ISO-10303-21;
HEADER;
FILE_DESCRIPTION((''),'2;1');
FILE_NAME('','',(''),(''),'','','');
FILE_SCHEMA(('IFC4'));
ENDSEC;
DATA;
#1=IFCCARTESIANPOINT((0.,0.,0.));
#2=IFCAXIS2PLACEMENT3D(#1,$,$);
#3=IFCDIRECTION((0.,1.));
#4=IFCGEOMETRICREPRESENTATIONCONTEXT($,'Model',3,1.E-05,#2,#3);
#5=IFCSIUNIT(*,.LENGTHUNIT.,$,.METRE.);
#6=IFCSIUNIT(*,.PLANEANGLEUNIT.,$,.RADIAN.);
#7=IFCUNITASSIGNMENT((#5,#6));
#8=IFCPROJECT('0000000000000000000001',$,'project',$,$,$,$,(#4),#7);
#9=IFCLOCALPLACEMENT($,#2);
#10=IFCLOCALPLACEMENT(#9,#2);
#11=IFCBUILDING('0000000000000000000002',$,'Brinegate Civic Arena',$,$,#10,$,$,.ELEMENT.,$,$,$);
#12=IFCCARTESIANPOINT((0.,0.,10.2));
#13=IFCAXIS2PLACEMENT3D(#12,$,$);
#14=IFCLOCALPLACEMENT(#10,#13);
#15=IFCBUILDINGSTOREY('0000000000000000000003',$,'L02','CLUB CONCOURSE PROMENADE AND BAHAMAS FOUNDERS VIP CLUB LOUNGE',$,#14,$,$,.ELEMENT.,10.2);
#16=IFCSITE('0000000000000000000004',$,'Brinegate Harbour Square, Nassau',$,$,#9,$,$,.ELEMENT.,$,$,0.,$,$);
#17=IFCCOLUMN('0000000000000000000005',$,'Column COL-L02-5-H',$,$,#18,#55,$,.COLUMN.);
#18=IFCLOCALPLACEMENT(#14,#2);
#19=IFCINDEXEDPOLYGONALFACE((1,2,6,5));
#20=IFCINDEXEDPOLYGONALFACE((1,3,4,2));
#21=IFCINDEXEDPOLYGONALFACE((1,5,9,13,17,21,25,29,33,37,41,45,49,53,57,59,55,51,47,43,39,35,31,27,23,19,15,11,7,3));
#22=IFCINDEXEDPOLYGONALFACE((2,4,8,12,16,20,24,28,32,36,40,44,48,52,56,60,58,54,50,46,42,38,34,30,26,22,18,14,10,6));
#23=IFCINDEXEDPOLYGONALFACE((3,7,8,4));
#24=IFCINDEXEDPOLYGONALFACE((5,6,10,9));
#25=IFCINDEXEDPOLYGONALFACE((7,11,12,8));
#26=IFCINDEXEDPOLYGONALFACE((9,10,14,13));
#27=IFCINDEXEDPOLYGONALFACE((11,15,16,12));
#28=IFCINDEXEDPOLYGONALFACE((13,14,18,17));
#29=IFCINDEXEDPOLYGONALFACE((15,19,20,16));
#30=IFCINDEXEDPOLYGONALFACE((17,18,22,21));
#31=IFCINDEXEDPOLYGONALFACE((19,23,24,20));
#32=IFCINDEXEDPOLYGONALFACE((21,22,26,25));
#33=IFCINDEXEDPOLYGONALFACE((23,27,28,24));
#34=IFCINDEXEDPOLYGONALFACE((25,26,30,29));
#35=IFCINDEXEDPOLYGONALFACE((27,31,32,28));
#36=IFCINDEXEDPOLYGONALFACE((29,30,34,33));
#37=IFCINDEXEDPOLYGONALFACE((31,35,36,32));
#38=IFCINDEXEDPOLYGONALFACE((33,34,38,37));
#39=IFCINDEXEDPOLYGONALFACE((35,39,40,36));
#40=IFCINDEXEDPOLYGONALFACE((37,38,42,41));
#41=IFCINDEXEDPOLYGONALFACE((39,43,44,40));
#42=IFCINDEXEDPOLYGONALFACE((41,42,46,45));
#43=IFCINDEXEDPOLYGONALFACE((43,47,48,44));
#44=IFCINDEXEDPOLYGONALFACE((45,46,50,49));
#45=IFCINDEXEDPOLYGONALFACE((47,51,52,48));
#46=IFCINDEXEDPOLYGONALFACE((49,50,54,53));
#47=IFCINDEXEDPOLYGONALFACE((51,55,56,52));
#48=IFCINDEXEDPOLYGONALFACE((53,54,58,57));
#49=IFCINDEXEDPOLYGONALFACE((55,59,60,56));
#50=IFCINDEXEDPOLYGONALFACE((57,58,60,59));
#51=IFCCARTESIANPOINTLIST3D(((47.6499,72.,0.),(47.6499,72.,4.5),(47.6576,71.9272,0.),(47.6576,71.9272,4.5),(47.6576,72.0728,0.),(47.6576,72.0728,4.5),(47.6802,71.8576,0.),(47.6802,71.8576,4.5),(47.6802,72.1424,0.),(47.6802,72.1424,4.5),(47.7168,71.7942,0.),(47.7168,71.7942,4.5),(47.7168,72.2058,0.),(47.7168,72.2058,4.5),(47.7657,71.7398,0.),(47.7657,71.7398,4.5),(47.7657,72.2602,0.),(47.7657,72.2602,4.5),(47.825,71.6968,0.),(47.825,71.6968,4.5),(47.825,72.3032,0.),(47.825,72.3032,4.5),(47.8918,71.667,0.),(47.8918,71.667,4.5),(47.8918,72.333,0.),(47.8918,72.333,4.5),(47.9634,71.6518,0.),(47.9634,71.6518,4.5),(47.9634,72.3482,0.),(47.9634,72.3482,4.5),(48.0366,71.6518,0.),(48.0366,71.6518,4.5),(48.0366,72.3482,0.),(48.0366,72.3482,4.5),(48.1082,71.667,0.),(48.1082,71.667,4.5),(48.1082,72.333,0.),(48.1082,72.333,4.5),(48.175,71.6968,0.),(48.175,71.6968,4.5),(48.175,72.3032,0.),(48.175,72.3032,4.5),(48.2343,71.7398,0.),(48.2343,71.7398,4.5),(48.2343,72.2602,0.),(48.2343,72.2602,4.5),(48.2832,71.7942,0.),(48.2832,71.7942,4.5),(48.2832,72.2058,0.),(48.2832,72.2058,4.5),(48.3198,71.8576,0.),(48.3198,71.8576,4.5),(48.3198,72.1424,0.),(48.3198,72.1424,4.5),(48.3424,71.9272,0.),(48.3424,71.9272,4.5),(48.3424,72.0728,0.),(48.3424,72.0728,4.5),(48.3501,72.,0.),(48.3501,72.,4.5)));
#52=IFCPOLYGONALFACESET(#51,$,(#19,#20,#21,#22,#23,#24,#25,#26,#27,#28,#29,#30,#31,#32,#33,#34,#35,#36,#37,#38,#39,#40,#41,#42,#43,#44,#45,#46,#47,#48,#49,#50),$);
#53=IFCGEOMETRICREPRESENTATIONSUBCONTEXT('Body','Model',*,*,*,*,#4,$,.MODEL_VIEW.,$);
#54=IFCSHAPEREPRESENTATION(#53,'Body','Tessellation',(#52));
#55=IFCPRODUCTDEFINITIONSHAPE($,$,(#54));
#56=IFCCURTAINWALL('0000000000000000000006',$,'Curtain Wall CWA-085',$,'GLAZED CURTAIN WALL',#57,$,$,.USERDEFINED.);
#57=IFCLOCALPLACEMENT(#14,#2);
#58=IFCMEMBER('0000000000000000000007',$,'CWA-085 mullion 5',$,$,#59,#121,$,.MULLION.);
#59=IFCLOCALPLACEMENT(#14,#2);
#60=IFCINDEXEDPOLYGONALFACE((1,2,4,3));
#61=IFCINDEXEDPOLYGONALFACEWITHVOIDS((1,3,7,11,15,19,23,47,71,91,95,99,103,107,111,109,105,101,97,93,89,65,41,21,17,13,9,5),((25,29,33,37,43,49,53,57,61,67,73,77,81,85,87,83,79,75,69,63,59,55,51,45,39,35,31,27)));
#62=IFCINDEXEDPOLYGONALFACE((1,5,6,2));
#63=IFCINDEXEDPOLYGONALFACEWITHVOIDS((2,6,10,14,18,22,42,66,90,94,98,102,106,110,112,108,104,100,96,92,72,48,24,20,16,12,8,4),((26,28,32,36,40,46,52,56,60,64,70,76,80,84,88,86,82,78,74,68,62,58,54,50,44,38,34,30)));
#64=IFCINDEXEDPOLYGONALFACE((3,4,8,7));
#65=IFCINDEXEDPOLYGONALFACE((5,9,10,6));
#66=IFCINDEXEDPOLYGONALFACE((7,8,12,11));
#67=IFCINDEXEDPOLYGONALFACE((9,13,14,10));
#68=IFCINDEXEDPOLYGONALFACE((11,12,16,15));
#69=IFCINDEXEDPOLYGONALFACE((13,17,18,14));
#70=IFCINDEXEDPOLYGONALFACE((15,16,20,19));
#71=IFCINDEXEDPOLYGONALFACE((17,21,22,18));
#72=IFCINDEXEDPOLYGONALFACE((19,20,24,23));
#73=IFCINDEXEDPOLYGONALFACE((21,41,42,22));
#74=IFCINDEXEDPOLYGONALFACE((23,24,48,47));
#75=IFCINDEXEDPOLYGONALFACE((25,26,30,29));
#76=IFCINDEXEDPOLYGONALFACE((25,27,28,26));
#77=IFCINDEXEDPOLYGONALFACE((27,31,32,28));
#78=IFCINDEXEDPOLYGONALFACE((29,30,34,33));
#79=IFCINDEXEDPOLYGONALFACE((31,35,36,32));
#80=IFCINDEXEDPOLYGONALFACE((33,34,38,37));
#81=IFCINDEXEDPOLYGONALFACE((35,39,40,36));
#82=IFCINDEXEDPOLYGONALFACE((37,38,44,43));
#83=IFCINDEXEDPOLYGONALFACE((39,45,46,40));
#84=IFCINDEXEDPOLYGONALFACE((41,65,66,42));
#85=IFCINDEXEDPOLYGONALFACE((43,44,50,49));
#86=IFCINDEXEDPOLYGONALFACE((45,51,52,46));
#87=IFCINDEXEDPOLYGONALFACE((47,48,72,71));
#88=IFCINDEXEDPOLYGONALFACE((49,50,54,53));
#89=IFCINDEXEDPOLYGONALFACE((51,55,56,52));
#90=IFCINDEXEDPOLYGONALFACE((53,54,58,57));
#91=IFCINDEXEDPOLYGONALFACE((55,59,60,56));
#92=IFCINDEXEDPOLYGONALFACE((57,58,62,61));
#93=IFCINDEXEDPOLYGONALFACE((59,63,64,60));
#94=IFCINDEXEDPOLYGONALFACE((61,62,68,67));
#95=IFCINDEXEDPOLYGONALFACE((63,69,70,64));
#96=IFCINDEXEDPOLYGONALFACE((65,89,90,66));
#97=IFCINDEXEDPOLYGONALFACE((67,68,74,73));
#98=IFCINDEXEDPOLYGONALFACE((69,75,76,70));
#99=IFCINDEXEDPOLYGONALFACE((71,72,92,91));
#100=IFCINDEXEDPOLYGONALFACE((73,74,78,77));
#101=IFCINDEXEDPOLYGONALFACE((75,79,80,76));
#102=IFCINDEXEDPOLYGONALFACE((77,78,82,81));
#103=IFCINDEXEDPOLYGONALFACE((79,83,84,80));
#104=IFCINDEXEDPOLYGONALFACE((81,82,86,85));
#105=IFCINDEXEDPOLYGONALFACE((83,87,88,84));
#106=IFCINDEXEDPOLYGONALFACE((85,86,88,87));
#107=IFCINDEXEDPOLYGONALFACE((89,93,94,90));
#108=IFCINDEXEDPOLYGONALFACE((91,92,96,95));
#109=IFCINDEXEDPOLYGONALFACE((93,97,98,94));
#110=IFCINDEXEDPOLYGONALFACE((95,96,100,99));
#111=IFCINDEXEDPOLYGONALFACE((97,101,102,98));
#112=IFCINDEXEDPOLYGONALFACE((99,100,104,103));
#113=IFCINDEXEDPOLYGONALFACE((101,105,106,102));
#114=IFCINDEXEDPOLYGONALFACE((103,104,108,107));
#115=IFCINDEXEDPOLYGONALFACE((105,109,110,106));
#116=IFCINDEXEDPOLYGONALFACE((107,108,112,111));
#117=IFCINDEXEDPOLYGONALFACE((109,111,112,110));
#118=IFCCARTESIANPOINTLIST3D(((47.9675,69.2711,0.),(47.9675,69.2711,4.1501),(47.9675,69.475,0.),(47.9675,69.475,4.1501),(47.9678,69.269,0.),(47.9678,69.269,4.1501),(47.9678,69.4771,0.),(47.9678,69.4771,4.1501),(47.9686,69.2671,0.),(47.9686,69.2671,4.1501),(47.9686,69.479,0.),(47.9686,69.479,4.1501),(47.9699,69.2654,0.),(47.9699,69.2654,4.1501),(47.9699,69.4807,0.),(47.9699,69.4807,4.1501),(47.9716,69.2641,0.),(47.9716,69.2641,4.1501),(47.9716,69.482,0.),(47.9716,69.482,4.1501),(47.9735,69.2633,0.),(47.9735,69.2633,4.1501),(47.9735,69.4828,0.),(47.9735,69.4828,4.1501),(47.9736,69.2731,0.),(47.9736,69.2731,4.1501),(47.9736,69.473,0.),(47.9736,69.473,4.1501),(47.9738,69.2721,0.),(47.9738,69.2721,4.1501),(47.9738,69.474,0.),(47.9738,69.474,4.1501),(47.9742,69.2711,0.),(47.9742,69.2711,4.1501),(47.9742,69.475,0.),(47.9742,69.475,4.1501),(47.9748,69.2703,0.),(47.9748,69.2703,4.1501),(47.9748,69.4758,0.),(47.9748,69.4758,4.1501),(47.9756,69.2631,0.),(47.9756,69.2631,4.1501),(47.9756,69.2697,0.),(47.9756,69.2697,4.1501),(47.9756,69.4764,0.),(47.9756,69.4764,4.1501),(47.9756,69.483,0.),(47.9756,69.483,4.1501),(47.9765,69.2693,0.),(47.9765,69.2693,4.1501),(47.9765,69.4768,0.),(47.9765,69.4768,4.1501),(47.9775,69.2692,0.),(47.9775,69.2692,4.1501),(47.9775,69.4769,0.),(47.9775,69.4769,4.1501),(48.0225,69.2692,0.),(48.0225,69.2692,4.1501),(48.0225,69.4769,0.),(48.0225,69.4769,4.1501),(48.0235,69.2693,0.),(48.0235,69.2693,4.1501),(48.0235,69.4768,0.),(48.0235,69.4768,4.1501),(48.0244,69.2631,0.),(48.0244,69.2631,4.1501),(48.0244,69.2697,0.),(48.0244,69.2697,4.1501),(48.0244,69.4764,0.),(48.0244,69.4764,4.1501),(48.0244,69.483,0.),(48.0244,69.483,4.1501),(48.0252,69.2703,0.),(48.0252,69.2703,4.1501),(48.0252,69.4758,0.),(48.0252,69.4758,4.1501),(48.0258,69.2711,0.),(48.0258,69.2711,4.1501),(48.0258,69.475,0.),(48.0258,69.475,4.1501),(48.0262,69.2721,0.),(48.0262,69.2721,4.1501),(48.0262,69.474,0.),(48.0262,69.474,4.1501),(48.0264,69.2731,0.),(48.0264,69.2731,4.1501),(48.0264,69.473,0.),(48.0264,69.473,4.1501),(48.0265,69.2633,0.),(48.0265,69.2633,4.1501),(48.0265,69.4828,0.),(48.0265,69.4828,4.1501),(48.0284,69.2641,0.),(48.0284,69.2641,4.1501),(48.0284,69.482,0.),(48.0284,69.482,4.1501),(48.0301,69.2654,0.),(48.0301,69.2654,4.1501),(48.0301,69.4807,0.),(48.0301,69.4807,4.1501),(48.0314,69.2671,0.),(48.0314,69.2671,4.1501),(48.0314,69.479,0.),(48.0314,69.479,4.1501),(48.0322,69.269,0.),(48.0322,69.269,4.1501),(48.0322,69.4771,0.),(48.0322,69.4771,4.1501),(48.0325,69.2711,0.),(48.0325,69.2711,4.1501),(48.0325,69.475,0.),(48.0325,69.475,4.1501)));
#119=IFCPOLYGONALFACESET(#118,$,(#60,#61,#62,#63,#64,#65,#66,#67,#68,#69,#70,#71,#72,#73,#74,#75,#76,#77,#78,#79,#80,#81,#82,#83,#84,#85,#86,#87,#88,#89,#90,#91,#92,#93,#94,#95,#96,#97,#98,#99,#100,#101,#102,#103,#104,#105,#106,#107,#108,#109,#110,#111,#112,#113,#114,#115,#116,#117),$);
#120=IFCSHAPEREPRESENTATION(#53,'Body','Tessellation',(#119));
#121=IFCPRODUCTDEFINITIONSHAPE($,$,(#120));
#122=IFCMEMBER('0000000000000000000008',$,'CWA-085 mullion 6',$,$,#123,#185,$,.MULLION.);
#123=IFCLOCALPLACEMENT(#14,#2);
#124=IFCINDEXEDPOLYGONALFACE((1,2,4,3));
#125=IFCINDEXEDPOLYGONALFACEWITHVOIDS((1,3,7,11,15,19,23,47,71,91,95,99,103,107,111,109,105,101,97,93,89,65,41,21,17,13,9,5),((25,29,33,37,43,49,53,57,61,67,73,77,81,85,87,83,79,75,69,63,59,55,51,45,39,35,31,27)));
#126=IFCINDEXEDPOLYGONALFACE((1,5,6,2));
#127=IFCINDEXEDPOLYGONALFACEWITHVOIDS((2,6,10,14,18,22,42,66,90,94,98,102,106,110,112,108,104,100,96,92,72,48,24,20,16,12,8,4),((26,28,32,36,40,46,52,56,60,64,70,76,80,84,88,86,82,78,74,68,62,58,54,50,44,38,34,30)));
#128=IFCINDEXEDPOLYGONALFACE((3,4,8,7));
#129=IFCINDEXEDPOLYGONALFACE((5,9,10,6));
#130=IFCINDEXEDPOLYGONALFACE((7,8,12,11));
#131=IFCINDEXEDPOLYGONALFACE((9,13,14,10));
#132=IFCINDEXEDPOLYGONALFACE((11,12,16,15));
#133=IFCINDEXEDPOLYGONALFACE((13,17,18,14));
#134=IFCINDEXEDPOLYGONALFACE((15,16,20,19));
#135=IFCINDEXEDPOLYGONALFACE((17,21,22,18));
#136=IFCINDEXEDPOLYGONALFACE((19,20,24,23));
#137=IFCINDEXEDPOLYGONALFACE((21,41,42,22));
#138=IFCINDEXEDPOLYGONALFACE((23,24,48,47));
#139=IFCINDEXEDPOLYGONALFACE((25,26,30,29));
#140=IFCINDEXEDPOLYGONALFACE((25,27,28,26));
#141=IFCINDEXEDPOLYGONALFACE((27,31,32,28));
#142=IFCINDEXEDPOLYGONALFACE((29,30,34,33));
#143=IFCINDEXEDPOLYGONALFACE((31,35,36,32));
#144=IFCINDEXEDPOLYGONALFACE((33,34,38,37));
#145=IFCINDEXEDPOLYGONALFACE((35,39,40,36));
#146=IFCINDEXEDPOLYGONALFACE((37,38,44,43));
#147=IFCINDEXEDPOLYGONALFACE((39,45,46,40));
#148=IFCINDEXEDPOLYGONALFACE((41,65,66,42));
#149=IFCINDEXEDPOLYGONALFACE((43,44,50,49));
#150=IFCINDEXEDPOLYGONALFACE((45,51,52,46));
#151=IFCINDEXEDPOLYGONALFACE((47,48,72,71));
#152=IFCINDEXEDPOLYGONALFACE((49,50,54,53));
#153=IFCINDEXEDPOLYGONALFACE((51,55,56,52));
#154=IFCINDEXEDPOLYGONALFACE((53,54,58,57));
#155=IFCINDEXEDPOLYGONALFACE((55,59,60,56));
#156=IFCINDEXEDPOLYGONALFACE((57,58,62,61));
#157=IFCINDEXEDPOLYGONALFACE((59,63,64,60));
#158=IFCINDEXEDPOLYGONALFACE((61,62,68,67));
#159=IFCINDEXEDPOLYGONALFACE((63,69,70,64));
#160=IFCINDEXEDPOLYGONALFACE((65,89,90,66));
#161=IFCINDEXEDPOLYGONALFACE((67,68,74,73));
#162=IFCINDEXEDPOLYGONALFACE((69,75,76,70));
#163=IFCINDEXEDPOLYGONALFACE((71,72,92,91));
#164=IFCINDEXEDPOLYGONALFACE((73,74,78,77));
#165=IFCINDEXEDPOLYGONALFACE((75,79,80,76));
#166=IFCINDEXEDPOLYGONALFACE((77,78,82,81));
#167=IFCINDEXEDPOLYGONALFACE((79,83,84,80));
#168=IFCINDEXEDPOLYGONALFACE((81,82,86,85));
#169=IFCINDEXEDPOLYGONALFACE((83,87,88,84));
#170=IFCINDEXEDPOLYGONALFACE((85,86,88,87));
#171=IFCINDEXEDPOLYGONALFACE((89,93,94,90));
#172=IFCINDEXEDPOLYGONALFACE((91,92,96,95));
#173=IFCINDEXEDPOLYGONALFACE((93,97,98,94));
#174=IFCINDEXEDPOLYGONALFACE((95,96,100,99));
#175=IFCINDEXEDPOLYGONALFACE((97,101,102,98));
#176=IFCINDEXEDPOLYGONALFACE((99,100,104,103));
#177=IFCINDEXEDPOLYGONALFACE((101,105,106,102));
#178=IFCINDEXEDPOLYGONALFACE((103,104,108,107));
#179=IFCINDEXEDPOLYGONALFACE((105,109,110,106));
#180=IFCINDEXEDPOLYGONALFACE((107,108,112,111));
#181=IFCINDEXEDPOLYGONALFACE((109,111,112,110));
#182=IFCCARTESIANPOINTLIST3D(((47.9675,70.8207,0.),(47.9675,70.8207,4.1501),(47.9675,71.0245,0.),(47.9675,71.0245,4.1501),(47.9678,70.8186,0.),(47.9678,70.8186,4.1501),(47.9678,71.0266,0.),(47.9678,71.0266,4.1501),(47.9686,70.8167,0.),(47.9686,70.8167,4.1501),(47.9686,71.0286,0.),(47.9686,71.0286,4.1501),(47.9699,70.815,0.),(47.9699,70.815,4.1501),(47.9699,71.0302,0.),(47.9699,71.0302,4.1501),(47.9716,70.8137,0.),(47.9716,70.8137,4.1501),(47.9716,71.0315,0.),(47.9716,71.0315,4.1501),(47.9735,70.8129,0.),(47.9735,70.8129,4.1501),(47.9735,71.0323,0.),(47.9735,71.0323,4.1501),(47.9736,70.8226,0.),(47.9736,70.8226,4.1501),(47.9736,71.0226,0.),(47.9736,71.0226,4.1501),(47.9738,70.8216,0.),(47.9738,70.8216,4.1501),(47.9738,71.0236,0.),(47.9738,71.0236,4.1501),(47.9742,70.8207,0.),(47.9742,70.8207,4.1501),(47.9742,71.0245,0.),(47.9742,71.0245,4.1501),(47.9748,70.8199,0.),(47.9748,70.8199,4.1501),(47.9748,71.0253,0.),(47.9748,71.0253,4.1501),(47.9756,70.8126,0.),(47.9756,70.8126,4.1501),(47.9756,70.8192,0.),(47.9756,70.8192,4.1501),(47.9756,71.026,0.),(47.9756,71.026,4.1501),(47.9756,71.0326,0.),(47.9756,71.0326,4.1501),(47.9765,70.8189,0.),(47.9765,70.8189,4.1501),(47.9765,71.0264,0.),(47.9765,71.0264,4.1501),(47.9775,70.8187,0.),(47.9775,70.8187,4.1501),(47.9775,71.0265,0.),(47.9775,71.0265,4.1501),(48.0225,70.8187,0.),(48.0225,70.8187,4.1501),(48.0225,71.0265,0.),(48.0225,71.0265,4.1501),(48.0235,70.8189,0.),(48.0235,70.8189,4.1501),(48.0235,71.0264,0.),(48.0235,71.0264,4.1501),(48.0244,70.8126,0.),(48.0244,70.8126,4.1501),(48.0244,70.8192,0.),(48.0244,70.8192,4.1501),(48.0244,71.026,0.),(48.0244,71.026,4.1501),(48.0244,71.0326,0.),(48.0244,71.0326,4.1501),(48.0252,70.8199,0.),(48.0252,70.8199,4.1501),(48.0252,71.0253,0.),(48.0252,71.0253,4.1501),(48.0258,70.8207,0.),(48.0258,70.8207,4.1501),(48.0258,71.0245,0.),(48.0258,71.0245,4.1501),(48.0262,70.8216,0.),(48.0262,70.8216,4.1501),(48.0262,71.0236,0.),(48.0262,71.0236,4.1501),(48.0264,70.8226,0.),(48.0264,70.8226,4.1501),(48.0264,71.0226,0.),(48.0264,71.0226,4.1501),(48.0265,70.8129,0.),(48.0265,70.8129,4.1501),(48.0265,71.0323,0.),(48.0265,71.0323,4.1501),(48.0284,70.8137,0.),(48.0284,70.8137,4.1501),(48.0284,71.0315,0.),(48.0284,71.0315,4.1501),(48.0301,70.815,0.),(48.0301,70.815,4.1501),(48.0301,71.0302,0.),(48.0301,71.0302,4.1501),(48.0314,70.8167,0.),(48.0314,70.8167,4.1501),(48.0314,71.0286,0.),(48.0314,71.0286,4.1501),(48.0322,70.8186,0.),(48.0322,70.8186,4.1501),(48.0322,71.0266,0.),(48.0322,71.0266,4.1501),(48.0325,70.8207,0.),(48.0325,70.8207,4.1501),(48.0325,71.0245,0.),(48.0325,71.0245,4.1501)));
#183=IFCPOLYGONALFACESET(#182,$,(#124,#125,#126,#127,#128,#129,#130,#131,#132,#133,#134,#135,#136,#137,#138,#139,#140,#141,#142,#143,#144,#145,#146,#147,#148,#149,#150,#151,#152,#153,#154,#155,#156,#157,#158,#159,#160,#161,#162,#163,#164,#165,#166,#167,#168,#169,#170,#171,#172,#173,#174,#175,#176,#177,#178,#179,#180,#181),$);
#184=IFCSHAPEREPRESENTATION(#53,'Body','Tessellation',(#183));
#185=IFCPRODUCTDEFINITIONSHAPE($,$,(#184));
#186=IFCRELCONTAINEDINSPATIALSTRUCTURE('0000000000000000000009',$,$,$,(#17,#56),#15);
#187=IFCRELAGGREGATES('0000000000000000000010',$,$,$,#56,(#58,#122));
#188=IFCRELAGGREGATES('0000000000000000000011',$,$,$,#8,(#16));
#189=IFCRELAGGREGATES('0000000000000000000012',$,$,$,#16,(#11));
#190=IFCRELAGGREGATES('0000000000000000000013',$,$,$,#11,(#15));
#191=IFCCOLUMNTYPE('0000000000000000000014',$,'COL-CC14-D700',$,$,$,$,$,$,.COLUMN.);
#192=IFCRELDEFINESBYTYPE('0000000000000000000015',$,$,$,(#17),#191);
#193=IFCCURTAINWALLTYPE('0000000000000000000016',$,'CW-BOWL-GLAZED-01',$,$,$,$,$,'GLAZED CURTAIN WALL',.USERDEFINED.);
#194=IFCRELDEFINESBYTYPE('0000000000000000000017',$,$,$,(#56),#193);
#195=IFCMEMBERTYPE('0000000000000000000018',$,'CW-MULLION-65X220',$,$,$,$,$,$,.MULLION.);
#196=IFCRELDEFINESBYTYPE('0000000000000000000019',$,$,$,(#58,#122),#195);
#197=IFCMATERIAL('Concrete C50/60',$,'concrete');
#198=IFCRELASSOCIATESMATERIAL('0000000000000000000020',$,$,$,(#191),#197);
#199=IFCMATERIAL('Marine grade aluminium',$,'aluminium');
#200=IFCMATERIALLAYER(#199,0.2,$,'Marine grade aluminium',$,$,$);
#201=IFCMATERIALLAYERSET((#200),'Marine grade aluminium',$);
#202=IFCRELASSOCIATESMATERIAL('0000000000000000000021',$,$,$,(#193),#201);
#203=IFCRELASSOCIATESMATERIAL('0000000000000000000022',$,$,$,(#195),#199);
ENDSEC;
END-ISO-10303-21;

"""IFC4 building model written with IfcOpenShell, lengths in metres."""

from ifc_helpers import new_model, si_unit, direction, frame, origin, origin_2d, place, context, subcontext, project, spatial, hollow_rectangle, circle, extrude, material, layer, layer_set, material_profile, profile_set, type_object, element, aggregate, save


model = new_model("IFC4")

# Units and contexts
model_context = context("Model", 3, precision=1e-05, world=origin(), true_north=direction((0.0, 1.0)))
body_context = subcontext(model_context, "Body", "Model", "MODEL_VIEW")
ifc_project = project(units=[si_unit("LENGTHUNIT", "METRE"), si_unit("PLANEANGLEUNIT", "RADIAN")], contexts=[model_context])

# Site, building, storey
site_placement = place(None, origin())
site = spatial("IfcSite", under=ifc_project, at=site_placement, Name="Brinegate Harbour Square, Nassau", CompositionType="ELEMENT", RefElevation=0.0)
building_placement = place(site_placement, origin())
building = spatial("IfcBuilding", under=site, at=building_placement, Name="Brinegate Civic Arena", CompositionType="ELEMENT")
storey_placement = place(building_placement, frame((0.0, 0.0, 10.2)))
storey = spatial("IfcBuildingStorey", under=building, at=storey_placement, Name="L02", Description="CLUB CONCOURSE PROMENADE AND BAHAMAS FOUNDERS VIP CLUB LOUNGE", CompositionType="ELEMENT", Elevation=10.2)

# Column
ifc_material_1 = material(Name="Concrete C50/60", Category="concrete")
ifc_material_profile_1 = material_profile(ifc_material_1, circle(Radius=0.3501, at=origin_2d()), Name="RCD700")
ifc_profile_set_1 = profile_set([ifc_material_profile_1], Name="Concrete C50/60")
column_type = type_object("IfcColumnType", Name="COL-CC14-D700", PredefinedType="COLUMN", material=ifc_profile_set_1)
column_placement = place(storey_placement, frame((48.0, 72.0, 0.0), z_axis=(0.0, 0.0, 1.0), x_axis=(1.0, 0.0, 0.0)))
element("IfcColumn", 1, at=column_placement, inside=storey, type_object=column_type, Name="Column COL-L02-5-H", PredefinedType="COLUMN", context=body_context, shape_type="SweptSolid", body=[
    extrude(circle(Radius=0.3501, at=origin_2d()), origin(), (0.0, 0.0, 1.0), 4.5),
])

# Curtain wall, members
ifc_material_2 = material(Name="Marine grade aluminium", Category="aluminium")
ifc_layer_1 = layer(ifc_material_2, 0.2, Name="Marine grade aluminium")
ifc_layer_set_1 = layer_set([ifc_layer_1], Name="Marine grade aluminium")
curtain_wall_type = type_object("IfcCurtainWallType", Name="CW-BOWL-GLAZED-01", ElementType="GLAZED CURTAIN WALL", PredefinedType="USERDEFINED", material=ifc_layer_set_1)
curtain_wall_1_placement = place(storey_placement, origin())
curtain_wall_1 = element("IfcCurtainWall", 2, at=curtain_wall_1_placement, inside=storey, type_object=curtain_wall_type, Name="Curtain Wall CWA-085", ObjectType="GLAZED CURTAIN WALL", PredefinedType="USERDEFINED")
ifc_material_profile_2 = material_profile(ifc_material_2, hollow_rectangle(XDim=0.0649, YDim=0.22, WallThickness=0.0061, InnerFilletRadius=0.0039, OuterFilletRadius=0.0081, at=origin_2d()), Name="MUL65X220")
ifc_profile_set_2 = profile_set([ifc_material_profile_2], Name="Marine grade aluminium")
member_type_1 = type_object("IfcMemberType", Name="CW-MULLION-65X220", PredefinedType="MULLION", material=ifc_profile_set_2)
member_1_placement = place(storey_placement, frame((48.0, 69.373, 0.0), z_axis=(0.0, 0.0, 1.0), x_axis=(-1.0, 0.0, 0.0)))
member_1 = element("IfcMember", 3, at=member_1_placement, type_object=member_type_1, Name="CWA-085 mullion 5", PredefinedType="MULLION", context=body_context, shape_type="SweptSolid", body=[
    extrude(hollow_rectangle(XDim=0.0649, YDim=0.22, WallThickness=0.0061, InnerFilletRadius=0.0039, OuterFilletRadius=0.0081, at=origin_2d()), origin(), (0.0, 0.0, 1.0), 4.1501),
])
member_2_placement = place(storey_placement, frame((48.0, 70.9226, 0.0), z_axis=(0.0, 0.0, 1.0), x_axis=(-1.0, 0.0, 0.0)))
member_2 = element("IfcMember", 4, at=member_2_placement, type_object=member_type_1, Name="CWA-085 mullion 6", PredefinedType="MULLION", context=body_context, shape_type="SweptSolid", body=[
    extrude(hollow_rectangle(XDim=0.0649, YDim=0.22, WallThickness=0.0061, InnerFilletRadius=0.0039, OuterFilletRadius=0.0081, at=origin_2d()), origin(), (0.0, 0.0, 1.0), 4.1501),
])

aggregate(curtain_wall_1, [member_1, member_2])

save(model, "model.ifc")
